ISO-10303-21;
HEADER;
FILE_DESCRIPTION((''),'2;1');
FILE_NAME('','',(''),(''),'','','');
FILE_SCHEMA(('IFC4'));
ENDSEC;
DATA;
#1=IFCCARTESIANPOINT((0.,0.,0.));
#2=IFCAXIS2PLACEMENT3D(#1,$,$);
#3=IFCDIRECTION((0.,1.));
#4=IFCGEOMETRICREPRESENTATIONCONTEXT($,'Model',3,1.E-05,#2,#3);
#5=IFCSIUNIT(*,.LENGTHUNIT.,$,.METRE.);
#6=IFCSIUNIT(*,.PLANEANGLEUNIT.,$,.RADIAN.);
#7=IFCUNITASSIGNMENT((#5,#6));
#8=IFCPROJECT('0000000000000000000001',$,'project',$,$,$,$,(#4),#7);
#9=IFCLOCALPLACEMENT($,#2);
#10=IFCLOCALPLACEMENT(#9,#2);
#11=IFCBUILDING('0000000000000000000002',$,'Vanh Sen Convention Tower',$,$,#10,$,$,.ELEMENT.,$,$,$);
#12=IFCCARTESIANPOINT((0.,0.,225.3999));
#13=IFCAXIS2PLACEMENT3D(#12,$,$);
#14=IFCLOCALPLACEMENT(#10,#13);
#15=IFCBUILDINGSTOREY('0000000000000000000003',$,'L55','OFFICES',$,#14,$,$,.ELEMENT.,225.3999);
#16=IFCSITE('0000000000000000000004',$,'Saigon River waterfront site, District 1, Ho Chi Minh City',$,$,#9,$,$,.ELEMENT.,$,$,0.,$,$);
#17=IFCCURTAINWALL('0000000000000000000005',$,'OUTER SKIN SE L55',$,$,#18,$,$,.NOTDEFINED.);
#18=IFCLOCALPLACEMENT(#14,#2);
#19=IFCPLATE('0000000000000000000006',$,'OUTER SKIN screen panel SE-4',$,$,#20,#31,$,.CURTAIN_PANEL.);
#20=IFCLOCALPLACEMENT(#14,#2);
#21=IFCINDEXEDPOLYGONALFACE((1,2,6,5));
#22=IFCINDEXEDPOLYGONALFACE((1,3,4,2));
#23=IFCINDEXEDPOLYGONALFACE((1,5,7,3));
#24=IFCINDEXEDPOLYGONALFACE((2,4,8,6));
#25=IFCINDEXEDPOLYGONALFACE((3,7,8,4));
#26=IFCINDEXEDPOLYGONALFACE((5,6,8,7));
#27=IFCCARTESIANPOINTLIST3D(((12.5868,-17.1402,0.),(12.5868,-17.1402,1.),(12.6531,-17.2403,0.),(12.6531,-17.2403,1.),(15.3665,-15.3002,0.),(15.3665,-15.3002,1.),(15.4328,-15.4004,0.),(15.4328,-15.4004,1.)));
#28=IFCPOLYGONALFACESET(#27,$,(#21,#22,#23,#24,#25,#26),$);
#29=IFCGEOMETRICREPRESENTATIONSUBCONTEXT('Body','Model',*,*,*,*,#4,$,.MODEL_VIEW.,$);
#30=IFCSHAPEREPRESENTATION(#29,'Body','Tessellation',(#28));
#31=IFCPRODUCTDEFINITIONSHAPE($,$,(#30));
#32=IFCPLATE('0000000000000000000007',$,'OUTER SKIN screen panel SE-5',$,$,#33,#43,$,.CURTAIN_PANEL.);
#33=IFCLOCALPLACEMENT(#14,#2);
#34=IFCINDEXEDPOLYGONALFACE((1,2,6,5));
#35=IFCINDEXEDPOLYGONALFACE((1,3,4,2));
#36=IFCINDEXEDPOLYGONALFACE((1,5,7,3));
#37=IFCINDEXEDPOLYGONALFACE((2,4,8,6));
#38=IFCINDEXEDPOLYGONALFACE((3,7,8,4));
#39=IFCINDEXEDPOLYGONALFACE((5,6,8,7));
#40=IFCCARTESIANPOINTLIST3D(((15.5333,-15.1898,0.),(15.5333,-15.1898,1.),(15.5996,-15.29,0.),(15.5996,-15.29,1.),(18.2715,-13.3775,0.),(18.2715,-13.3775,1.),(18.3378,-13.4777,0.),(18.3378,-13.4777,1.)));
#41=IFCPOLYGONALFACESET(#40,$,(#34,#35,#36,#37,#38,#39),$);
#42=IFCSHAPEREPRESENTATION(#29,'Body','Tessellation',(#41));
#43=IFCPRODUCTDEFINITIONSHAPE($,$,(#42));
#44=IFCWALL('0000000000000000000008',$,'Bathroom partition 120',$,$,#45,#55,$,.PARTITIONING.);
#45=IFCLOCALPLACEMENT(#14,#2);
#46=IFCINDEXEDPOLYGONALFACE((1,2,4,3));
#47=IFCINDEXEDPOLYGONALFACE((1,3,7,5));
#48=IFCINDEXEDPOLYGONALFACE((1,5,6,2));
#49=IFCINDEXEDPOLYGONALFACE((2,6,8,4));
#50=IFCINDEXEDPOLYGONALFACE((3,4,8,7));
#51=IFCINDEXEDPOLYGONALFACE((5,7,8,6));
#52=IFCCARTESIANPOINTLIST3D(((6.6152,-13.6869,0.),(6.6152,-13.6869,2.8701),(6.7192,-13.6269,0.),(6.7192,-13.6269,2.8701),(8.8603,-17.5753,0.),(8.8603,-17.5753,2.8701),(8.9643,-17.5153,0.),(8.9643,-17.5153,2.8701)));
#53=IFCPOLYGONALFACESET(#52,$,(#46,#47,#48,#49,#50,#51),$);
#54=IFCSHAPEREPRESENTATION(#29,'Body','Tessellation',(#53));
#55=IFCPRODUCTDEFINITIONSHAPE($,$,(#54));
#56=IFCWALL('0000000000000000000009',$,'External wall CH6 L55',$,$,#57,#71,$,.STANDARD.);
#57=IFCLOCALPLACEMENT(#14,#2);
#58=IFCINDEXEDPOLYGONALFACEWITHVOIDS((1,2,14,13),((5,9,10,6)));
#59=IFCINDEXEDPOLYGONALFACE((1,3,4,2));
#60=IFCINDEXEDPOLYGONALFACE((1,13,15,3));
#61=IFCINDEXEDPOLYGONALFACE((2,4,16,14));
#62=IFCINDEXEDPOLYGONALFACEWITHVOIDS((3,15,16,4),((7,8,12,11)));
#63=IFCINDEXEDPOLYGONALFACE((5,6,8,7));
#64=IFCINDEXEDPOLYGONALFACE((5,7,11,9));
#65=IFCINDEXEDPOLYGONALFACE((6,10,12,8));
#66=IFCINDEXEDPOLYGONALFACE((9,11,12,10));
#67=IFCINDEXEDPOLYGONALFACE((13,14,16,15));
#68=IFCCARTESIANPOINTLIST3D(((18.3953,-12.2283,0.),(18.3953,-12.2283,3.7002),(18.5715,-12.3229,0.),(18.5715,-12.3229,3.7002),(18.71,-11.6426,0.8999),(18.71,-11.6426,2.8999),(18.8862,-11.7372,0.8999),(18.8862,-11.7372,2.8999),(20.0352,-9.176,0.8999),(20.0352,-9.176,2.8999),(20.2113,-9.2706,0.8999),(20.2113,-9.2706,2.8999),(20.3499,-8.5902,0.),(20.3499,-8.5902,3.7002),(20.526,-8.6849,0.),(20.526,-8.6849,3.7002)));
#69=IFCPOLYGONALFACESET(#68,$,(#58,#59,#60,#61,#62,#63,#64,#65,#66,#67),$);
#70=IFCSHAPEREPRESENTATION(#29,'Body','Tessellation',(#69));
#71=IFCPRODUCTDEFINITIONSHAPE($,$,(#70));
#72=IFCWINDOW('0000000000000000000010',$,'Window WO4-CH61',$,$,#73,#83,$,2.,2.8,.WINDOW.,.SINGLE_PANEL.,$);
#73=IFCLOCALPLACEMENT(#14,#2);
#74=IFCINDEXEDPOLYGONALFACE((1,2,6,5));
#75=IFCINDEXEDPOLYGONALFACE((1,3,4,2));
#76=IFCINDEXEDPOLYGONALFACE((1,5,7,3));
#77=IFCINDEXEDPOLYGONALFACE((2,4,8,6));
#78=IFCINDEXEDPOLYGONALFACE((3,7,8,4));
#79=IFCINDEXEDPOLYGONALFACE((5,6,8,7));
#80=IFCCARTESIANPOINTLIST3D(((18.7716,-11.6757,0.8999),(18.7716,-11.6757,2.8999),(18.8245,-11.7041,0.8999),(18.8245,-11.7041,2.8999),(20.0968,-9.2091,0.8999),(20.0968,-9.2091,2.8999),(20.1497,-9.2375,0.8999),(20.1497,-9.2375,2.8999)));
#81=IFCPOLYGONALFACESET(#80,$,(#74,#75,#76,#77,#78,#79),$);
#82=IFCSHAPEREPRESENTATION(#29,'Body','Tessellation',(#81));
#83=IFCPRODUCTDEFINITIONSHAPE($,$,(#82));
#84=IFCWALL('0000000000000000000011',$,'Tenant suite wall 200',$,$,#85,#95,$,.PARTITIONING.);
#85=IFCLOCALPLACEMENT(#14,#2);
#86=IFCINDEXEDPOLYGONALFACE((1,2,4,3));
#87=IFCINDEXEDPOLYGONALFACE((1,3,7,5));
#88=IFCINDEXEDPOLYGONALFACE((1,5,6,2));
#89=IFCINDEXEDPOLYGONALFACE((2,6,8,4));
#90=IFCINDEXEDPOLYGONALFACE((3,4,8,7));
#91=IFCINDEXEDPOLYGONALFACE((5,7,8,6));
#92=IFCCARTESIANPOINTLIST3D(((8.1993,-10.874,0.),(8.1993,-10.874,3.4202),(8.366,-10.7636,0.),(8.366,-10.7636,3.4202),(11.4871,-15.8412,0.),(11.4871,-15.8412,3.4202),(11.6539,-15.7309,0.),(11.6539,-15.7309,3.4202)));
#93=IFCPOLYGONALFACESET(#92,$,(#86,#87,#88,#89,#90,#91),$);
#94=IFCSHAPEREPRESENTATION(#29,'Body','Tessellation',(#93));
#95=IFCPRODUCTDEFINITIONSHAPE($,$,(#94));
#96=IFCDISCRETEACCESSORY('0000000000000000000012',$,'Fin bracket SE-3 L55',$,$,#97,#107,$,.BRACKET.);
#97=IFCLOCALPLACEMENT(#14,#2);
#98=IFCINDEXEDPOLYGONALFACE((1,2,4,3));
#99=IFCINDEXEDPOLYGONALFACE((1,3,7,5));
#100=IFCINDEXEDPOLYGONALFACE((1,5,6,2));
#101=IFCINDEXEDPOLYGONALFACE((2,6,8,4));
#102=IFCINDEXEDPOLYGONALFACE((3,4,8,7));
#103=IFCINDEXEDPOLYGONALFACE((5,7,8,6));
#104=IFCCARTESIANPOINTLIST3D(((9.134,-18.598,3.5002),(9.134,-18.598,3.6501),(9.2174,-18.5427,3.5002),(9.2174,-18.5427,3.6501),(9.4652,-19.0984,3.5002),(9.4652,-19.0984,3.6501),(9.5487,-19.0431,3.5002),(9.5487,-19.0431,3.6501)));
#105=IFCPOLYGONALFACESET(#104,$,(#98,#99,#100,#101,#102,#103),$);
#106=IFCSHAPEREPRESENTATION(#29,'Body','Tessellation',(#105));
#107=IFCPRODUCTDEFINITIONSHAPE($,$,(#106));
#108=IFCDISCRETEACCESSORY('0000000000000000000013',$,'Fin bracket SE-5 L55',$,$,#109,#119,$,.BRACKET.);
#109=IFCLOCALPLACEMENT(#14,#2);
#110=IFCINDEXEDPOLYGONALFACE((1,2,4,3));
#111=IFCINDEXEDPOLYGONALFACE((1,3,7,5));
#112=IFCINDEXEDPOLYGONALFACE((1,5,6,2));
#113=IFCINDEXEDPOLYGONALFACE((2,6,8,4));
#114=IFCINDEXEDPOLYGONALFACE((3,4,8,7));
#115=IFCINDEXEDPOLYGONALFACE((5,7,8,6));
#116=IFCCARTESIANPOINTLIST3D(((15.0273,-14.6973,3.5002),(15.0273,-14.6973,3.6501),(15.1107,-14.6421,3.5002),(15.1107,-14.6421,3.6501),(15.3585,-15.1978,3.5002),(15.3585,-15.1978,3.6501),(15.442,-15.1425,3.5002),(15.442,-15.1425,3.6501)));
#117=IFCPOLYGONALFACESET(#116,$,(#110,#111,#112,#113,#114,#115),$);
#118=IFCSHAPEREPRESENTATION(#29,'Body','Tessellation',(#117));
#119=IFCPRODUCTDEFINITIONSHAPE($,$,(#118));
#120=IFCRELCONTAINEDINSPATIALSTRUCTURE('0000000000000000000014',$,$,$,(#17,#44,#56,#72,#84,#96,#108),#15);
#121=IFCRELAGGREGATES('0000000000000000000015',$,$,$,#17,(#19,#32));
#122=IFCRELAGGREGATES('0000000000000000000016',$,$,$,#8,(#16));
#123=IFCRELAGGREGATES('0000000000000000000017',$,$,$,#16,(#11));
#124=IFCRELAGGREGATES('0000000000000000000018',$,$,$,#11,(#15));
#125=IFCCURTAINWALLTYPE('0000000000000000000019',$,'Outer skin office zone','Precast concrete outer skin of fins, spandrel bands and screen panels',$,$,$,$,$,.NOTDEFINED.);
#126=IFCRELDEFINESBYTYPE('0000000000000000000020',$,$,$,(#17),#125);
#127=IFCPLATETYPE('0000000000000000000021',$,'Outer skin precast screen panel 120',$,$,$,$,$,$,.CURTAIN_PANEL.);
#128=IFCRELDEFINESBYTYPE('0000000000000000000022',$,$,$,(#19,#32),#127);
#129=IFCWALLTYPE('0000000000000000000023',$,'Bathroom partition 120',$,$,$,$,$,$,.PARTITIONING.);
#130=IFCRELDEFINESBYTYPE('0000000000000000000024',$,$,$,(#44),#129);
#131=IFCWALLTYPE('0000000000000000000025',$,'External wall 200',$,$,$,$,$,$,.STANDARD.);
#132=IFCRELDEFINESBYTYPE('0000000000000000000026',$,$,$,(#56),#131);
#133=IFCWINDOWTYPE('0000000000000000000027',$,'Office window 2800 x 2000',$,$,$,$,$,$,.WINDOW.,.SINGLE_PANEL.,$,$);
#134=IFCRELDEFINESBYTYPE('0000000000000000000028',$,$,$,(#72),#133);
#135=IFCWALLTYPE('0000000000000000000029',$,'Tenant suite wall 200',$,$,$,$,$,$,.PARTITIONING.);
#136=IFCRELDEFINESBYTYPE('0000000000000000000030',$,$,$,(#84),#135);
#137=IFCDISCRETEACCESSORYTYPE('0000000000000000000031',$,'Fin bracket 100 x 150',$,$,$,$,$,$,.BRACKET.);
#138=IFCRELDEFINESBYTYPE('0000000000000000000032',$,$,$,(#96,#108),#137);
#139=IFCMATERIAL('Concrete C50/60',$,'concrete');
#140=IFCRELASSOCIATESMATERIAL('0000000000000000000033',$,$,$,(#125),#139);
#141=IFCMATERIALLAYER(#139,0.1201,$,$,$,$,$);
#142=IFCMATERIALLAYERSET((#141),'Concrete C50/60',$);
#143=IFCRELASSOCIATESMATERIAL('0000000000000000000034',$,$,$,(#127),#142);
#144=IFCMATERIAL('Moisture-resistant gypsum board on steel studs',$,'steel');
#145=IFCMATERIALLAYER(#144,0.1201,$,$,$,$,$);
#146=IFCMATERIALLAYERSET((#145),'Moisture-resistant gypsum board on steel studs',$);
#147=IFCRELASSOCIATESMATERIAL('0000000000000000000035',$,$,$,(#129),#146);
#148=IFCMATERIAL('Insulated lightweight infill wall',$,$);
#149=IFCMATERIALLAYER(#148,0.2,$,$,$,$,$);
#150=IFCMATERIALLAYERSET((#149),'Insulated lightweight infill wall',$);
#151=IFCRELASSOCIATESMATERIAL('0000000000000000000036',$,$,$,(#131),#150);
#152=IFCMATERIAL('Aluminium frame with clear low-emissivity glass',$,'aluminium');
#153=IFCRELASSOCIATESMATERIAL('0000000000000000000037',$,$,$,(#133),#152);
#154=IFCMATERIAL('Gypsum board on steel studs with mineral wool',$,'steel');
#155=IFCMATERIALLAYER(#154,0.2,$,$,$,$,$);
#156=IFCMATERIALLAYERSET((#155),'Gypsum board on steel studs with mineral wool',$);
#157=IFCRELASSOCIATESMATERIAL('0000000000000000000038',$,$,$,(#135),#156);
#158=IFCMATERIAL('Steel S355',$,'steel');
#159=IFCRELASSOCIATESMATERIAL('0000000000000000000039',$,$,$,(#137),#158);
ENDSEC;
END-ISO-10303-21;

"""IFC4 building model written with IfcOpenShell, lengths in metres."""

from ifc_helpers import new_model, si_unit, direction, frame, frame_2d, origin, origin_2d, place, context, subcontext, project, spatial, rectangle, extrude, material, layer, layer_set, type_object, element, fill, aggregate, save


model = new_model("IFC4")

# Units and contexts
model_context = context("Model", 3, precision=1e-05, world=origin(), true_north=direction((0.0, 1.0)))
body_context = subcontext(model_context, "Body", "Model", "MODEL_VIEW")
ifc_project = project(units=[si_unit("LENGTHUNIT", "METRE"), si_unit("PLANEANGLEUNIT", "RADIAN")], contexts=[model_context])

# Site, building, storey
site_placement = place(None, origin())
site = spatial("IfcSite", under=ifc_project, at=site_placement, Name="Saigon River waterfront site, District 1, Ho Chi Minh City", CompositionType="ELEMENT", RefElevation=0.0)
building_placement = place(site_placement, origin())
building = spatial("IfcBuilding", under=site, at=building_placement, Name="Vanh Sen Convention Tower", CompositionType="ELEMENT")
storey_placement = place(building_placement, frame((0.0, 0.0, 225.3999)))
storey = spatial("IfcBuildingStorey", under=building, at=storey_placement, Name="L55", Description="OFFICES", CompositionType="ELEMENT", Elevation=225.3999)

# Curtain wall
ifc_material_1 = material(Name="Concrete C50/60", Category="concrete")
curtain_wall_type = type_object("IfcCurtainWallType", Name="Outer skin office zone", Description="Precast concrete outer skin of fins, spandrel bands and screen panels", PredefinedType="NOTDEFINED", material=ifc_material_1)
curtain_wall_1_placement = place(storey_placement, origin())
curtain_wall_1 = element("IfcCurtainWall", 1, at=curtain_wall_1_placement, inside=storey, type_object=curtain_wall_type, Name="OUTER SKIN SE L55", PredefinedType="NOTDEFINED")

# Plates
ifc_layer_1 = layer(ifc_material_1, 0.1201)
ifc_layer_set_1 = layer_set([ifc_layer_1], Name="Concrete C50/60")
plate_type = type_object("IfcPlateType", Name="Outer skin precast screen panel 120", PredefinedType="CURTAIN_PANEL", material=ifc_layer_set_1)
plate_1_placement = place(storey_placement, frame((14.0098, -16.2703, 0.0), z_axis=(0.0, 0.0, 1.0), x_axis=(0.833874, 0.551954, 0.0)))
plate_1 = element("IfcPlate", 2, at=plate_1_placement, type_object=plate_type, Name="OUTER SKIN screen panel SE-4", PredefinedType="CURTAIN_PANEL", context=body_context, shape_type="SweptSolid", body=[
    extrude(rectangle(XDim=3.3335, YDim=0.1201, at=origin_2d()), origin(), (0.0, 0.0, 1.0), 1.0),
])
plate_2_placement = place(storey_placement, frame((16.9355, -14.3337, 0.0), z_axis=(0.0, 0.0, 1.0), x_axis=(0.833896, 0.551921, 0.0)))
plate_2 = element("IfcPlate", 3, at=plate_2_placement, type_object=plate_type, Name="OUTER SKIN screen panel SE-5", PredefinedType="CURTAIN_PANEL", context=body_context, shape_type="SweptSolid", body=[
    extrude(rectangle(XDim=3.2837, YDim=0.1201, at=origin_2d()), origin(), (0.0, 0.0, 1.0), 1.0),
])
aggregate(curtain_wall_1, [plate_1, plate_2])

# Wall
ifc_material_2 = material(Name="Moisture-resistant gypsum board on steel studs", Category="steel")
ifc_layer_2 = layer(ifc_material_2, 0.1201)
ifc_layer_set_2 = layer_set([ifc_layer_2], Name="Moisture-resistant gypsum board on steel studs")
wall_type_1 = type_object("IfcWallType", Name="Bathroom partition 120", PredefinedType="PARTITIONING", material=ifc_layer_set_2)
wall_1_placement = place(storey_placement, frame((8.9124, -17.5454, 0.0), z_axis=(0.0, 0.0, 1.0), x_axis=(-0.500022, 0.866013, 0.0)))
element("IfcWall", 4, at=wall_1_placement, inside=storey, type_object=wall_type_1, Name="Bathroom partition 120", PredefinedType="PARTITIONING", context=body_context, shape_type="SweptSolid", body=[
    extrude(rectangle(XDim=4.49, YDim=0.1201, at=frame_2d((2.2451, 0.0))), origin(), (0.0, 0.0, 1.0), 2.8701),
])

# Wall, opening, window
ifc_material_3 = material(Name="Insulated lightweight infill wall")
ifc_layer_3 = layer(ifc_material_3, 0.2)
ifc_layer_set_3 = layer_set([ifc_layer_3], Name="Insulated lightweight infill wall")
wall_type_2 = type_object("IfcWallType", Name="External wall 200", PredefinedType="STANDARD", material=ifc_layer_set_3)
wall_2_placement = place(storey_placement, frame((18.4834, -12.2756, 0.0), z_axis=(0.0, 0.0, 1.0), x_axis=(0.473268, 0.880919, 0.0)))
wall_2 = element("IfcWall", 5, at=wall_2_placement, inside=storey, type_object=wall_type_2, Name="External wall CH6 L55", PredefinedType="STANDARD", context=body_context, shape_type="SweptSolid", body=[
    extrude(rectangle(XDim=4.1299, YDim=0.2, at=frame_2d((2.0649, 0.0))), origin(), (0.0, 0.0, 1.0), 3.7002),
])
opening_placement = place(wall_2_placement, frame((0.665, 0.0, 0.8999)))
opening = element("IfcOpeningElement", 6, at=opening_placement, cuts=wall_2, PredefinedType="OPENING", context=body_context, shape_type="SweptSolid", body=[
    extrude(rectangle(XDim=2.8, YDim=2.0, at=frame_2d((1.3999, 1.0))), frame((0.0, 0.1099, 0.0), z_axis=(0.0, -1.0, 0.0), x_axis=(1.0, 0.0, 0.0)), (0.0, 0.0, 1.0), 0.22),
])
ifc_material_4 = material(Name="Aluminium frame with clear low-emissivity glass", Category="aluminium")
window_type = type_object("IfcWindowType", Name="Office window 2800 x 2000", PartitioningType="SINGLE_PANEL", PredefinedType="WINDOW", material=ifc_material_4)
window_placement = place(opening_placement, origin())
window = element("IfcWindow", 7, at=window_placement, inside=storey, type_object=window_type, Name="Window WO4-CH61", OverallHeight=2.0, OverallWidth=2.8, PartitioningType="SINGLE_PANEL", PredefinedType="WINDOW", context=body_context, shape_type="SweptSolid", body=[
    extrude(rectangle(XDim=2.8, YDim=2.0, at=frame_2d((1.3999, 1.0))), frame((0.0, 0.03, 0.0), z_axis=(0.0, -1.0, 0.0), x_axis=(1.0, 0.0, 0.0)), (0.0, 0.0, 1.0), 0.0601),
])
fill(opening, window)

# Wall
ifc_material_5 = material(Name="Gypsum board on steel studs with mineral wool", Category="steel")
ifc_layer_4 = layer(ifc_material_5, 0.2)
ifc_layer_set_4 = layer_set([ifc_layer_4], Name="Gypsum board on steel studs with mineral wool")
wall_type_3 = type_object("IfcWallType", Name="Tenant suite wall 200", PredefinedType="PARTITIONING", material=ifc_layer_set_4)
wall_3_placement = place(storey_placement, frame((11.5706, -15.7861, 0.0), z_axis=(0.0, 0.0, 1.0), x_axis=(-0.551945, 0.833881, 0.0)))
element("IfcWall", 8, at=wall_3_placement, inside=storey, type_object=wall_type_3, Name="Tenant suite wall 200", PredefinedType="PARTITIONING", context=body_context, shape_type="SweptSolid", body=[
    extrude(rectangle(XDim=5.9568, YDim=0.2, at=frame_2d((2.9785, 0.0))), origin(), (0.0, 0.0, 1.0), 3.4202),
])

# Discrete accessories
ifc_material_6 = material(Name="Steel S355", Category="steel")
discrete_accessory_type = type_object("IfcDiscreteAccessoryType", Name="Fin bracket 100 x 150", PredefinedType="BRACKET", material=ifc_material_6)
for number, where, z_axis, x_axis, name in (
    (9, (9.3413, -18.8206, 3.5002), (0.0, 0.0, 1.0), (0.551937, -0.833886, 0.0), "Fin bracket SE-3 L55"),
    (10, (15.2346, -14.9199, 3.5002), (0.0, 0.0, 1.0), (0.551937, -0.833886, 0.0), "Fin bracket SE-5 L55"),
):
    element("IfcDiscreteAccessory", number, at=place(storey_placement, frame(where, z_axis=z_axis, x_axis=x_axis)), inside=storey, type_object=discrete_accessory_type, Name=name, PredefinedType="BRACKET", context=body_context, shape_type="SweptSolid", body=[
        extrude(rectangle(XDim=0.6001, YDim=0.1001, at=origin_2d()), origin(), (0.0, 0.0, 1.0), 0.1499),
    ])

save(model, "model.ifc")
